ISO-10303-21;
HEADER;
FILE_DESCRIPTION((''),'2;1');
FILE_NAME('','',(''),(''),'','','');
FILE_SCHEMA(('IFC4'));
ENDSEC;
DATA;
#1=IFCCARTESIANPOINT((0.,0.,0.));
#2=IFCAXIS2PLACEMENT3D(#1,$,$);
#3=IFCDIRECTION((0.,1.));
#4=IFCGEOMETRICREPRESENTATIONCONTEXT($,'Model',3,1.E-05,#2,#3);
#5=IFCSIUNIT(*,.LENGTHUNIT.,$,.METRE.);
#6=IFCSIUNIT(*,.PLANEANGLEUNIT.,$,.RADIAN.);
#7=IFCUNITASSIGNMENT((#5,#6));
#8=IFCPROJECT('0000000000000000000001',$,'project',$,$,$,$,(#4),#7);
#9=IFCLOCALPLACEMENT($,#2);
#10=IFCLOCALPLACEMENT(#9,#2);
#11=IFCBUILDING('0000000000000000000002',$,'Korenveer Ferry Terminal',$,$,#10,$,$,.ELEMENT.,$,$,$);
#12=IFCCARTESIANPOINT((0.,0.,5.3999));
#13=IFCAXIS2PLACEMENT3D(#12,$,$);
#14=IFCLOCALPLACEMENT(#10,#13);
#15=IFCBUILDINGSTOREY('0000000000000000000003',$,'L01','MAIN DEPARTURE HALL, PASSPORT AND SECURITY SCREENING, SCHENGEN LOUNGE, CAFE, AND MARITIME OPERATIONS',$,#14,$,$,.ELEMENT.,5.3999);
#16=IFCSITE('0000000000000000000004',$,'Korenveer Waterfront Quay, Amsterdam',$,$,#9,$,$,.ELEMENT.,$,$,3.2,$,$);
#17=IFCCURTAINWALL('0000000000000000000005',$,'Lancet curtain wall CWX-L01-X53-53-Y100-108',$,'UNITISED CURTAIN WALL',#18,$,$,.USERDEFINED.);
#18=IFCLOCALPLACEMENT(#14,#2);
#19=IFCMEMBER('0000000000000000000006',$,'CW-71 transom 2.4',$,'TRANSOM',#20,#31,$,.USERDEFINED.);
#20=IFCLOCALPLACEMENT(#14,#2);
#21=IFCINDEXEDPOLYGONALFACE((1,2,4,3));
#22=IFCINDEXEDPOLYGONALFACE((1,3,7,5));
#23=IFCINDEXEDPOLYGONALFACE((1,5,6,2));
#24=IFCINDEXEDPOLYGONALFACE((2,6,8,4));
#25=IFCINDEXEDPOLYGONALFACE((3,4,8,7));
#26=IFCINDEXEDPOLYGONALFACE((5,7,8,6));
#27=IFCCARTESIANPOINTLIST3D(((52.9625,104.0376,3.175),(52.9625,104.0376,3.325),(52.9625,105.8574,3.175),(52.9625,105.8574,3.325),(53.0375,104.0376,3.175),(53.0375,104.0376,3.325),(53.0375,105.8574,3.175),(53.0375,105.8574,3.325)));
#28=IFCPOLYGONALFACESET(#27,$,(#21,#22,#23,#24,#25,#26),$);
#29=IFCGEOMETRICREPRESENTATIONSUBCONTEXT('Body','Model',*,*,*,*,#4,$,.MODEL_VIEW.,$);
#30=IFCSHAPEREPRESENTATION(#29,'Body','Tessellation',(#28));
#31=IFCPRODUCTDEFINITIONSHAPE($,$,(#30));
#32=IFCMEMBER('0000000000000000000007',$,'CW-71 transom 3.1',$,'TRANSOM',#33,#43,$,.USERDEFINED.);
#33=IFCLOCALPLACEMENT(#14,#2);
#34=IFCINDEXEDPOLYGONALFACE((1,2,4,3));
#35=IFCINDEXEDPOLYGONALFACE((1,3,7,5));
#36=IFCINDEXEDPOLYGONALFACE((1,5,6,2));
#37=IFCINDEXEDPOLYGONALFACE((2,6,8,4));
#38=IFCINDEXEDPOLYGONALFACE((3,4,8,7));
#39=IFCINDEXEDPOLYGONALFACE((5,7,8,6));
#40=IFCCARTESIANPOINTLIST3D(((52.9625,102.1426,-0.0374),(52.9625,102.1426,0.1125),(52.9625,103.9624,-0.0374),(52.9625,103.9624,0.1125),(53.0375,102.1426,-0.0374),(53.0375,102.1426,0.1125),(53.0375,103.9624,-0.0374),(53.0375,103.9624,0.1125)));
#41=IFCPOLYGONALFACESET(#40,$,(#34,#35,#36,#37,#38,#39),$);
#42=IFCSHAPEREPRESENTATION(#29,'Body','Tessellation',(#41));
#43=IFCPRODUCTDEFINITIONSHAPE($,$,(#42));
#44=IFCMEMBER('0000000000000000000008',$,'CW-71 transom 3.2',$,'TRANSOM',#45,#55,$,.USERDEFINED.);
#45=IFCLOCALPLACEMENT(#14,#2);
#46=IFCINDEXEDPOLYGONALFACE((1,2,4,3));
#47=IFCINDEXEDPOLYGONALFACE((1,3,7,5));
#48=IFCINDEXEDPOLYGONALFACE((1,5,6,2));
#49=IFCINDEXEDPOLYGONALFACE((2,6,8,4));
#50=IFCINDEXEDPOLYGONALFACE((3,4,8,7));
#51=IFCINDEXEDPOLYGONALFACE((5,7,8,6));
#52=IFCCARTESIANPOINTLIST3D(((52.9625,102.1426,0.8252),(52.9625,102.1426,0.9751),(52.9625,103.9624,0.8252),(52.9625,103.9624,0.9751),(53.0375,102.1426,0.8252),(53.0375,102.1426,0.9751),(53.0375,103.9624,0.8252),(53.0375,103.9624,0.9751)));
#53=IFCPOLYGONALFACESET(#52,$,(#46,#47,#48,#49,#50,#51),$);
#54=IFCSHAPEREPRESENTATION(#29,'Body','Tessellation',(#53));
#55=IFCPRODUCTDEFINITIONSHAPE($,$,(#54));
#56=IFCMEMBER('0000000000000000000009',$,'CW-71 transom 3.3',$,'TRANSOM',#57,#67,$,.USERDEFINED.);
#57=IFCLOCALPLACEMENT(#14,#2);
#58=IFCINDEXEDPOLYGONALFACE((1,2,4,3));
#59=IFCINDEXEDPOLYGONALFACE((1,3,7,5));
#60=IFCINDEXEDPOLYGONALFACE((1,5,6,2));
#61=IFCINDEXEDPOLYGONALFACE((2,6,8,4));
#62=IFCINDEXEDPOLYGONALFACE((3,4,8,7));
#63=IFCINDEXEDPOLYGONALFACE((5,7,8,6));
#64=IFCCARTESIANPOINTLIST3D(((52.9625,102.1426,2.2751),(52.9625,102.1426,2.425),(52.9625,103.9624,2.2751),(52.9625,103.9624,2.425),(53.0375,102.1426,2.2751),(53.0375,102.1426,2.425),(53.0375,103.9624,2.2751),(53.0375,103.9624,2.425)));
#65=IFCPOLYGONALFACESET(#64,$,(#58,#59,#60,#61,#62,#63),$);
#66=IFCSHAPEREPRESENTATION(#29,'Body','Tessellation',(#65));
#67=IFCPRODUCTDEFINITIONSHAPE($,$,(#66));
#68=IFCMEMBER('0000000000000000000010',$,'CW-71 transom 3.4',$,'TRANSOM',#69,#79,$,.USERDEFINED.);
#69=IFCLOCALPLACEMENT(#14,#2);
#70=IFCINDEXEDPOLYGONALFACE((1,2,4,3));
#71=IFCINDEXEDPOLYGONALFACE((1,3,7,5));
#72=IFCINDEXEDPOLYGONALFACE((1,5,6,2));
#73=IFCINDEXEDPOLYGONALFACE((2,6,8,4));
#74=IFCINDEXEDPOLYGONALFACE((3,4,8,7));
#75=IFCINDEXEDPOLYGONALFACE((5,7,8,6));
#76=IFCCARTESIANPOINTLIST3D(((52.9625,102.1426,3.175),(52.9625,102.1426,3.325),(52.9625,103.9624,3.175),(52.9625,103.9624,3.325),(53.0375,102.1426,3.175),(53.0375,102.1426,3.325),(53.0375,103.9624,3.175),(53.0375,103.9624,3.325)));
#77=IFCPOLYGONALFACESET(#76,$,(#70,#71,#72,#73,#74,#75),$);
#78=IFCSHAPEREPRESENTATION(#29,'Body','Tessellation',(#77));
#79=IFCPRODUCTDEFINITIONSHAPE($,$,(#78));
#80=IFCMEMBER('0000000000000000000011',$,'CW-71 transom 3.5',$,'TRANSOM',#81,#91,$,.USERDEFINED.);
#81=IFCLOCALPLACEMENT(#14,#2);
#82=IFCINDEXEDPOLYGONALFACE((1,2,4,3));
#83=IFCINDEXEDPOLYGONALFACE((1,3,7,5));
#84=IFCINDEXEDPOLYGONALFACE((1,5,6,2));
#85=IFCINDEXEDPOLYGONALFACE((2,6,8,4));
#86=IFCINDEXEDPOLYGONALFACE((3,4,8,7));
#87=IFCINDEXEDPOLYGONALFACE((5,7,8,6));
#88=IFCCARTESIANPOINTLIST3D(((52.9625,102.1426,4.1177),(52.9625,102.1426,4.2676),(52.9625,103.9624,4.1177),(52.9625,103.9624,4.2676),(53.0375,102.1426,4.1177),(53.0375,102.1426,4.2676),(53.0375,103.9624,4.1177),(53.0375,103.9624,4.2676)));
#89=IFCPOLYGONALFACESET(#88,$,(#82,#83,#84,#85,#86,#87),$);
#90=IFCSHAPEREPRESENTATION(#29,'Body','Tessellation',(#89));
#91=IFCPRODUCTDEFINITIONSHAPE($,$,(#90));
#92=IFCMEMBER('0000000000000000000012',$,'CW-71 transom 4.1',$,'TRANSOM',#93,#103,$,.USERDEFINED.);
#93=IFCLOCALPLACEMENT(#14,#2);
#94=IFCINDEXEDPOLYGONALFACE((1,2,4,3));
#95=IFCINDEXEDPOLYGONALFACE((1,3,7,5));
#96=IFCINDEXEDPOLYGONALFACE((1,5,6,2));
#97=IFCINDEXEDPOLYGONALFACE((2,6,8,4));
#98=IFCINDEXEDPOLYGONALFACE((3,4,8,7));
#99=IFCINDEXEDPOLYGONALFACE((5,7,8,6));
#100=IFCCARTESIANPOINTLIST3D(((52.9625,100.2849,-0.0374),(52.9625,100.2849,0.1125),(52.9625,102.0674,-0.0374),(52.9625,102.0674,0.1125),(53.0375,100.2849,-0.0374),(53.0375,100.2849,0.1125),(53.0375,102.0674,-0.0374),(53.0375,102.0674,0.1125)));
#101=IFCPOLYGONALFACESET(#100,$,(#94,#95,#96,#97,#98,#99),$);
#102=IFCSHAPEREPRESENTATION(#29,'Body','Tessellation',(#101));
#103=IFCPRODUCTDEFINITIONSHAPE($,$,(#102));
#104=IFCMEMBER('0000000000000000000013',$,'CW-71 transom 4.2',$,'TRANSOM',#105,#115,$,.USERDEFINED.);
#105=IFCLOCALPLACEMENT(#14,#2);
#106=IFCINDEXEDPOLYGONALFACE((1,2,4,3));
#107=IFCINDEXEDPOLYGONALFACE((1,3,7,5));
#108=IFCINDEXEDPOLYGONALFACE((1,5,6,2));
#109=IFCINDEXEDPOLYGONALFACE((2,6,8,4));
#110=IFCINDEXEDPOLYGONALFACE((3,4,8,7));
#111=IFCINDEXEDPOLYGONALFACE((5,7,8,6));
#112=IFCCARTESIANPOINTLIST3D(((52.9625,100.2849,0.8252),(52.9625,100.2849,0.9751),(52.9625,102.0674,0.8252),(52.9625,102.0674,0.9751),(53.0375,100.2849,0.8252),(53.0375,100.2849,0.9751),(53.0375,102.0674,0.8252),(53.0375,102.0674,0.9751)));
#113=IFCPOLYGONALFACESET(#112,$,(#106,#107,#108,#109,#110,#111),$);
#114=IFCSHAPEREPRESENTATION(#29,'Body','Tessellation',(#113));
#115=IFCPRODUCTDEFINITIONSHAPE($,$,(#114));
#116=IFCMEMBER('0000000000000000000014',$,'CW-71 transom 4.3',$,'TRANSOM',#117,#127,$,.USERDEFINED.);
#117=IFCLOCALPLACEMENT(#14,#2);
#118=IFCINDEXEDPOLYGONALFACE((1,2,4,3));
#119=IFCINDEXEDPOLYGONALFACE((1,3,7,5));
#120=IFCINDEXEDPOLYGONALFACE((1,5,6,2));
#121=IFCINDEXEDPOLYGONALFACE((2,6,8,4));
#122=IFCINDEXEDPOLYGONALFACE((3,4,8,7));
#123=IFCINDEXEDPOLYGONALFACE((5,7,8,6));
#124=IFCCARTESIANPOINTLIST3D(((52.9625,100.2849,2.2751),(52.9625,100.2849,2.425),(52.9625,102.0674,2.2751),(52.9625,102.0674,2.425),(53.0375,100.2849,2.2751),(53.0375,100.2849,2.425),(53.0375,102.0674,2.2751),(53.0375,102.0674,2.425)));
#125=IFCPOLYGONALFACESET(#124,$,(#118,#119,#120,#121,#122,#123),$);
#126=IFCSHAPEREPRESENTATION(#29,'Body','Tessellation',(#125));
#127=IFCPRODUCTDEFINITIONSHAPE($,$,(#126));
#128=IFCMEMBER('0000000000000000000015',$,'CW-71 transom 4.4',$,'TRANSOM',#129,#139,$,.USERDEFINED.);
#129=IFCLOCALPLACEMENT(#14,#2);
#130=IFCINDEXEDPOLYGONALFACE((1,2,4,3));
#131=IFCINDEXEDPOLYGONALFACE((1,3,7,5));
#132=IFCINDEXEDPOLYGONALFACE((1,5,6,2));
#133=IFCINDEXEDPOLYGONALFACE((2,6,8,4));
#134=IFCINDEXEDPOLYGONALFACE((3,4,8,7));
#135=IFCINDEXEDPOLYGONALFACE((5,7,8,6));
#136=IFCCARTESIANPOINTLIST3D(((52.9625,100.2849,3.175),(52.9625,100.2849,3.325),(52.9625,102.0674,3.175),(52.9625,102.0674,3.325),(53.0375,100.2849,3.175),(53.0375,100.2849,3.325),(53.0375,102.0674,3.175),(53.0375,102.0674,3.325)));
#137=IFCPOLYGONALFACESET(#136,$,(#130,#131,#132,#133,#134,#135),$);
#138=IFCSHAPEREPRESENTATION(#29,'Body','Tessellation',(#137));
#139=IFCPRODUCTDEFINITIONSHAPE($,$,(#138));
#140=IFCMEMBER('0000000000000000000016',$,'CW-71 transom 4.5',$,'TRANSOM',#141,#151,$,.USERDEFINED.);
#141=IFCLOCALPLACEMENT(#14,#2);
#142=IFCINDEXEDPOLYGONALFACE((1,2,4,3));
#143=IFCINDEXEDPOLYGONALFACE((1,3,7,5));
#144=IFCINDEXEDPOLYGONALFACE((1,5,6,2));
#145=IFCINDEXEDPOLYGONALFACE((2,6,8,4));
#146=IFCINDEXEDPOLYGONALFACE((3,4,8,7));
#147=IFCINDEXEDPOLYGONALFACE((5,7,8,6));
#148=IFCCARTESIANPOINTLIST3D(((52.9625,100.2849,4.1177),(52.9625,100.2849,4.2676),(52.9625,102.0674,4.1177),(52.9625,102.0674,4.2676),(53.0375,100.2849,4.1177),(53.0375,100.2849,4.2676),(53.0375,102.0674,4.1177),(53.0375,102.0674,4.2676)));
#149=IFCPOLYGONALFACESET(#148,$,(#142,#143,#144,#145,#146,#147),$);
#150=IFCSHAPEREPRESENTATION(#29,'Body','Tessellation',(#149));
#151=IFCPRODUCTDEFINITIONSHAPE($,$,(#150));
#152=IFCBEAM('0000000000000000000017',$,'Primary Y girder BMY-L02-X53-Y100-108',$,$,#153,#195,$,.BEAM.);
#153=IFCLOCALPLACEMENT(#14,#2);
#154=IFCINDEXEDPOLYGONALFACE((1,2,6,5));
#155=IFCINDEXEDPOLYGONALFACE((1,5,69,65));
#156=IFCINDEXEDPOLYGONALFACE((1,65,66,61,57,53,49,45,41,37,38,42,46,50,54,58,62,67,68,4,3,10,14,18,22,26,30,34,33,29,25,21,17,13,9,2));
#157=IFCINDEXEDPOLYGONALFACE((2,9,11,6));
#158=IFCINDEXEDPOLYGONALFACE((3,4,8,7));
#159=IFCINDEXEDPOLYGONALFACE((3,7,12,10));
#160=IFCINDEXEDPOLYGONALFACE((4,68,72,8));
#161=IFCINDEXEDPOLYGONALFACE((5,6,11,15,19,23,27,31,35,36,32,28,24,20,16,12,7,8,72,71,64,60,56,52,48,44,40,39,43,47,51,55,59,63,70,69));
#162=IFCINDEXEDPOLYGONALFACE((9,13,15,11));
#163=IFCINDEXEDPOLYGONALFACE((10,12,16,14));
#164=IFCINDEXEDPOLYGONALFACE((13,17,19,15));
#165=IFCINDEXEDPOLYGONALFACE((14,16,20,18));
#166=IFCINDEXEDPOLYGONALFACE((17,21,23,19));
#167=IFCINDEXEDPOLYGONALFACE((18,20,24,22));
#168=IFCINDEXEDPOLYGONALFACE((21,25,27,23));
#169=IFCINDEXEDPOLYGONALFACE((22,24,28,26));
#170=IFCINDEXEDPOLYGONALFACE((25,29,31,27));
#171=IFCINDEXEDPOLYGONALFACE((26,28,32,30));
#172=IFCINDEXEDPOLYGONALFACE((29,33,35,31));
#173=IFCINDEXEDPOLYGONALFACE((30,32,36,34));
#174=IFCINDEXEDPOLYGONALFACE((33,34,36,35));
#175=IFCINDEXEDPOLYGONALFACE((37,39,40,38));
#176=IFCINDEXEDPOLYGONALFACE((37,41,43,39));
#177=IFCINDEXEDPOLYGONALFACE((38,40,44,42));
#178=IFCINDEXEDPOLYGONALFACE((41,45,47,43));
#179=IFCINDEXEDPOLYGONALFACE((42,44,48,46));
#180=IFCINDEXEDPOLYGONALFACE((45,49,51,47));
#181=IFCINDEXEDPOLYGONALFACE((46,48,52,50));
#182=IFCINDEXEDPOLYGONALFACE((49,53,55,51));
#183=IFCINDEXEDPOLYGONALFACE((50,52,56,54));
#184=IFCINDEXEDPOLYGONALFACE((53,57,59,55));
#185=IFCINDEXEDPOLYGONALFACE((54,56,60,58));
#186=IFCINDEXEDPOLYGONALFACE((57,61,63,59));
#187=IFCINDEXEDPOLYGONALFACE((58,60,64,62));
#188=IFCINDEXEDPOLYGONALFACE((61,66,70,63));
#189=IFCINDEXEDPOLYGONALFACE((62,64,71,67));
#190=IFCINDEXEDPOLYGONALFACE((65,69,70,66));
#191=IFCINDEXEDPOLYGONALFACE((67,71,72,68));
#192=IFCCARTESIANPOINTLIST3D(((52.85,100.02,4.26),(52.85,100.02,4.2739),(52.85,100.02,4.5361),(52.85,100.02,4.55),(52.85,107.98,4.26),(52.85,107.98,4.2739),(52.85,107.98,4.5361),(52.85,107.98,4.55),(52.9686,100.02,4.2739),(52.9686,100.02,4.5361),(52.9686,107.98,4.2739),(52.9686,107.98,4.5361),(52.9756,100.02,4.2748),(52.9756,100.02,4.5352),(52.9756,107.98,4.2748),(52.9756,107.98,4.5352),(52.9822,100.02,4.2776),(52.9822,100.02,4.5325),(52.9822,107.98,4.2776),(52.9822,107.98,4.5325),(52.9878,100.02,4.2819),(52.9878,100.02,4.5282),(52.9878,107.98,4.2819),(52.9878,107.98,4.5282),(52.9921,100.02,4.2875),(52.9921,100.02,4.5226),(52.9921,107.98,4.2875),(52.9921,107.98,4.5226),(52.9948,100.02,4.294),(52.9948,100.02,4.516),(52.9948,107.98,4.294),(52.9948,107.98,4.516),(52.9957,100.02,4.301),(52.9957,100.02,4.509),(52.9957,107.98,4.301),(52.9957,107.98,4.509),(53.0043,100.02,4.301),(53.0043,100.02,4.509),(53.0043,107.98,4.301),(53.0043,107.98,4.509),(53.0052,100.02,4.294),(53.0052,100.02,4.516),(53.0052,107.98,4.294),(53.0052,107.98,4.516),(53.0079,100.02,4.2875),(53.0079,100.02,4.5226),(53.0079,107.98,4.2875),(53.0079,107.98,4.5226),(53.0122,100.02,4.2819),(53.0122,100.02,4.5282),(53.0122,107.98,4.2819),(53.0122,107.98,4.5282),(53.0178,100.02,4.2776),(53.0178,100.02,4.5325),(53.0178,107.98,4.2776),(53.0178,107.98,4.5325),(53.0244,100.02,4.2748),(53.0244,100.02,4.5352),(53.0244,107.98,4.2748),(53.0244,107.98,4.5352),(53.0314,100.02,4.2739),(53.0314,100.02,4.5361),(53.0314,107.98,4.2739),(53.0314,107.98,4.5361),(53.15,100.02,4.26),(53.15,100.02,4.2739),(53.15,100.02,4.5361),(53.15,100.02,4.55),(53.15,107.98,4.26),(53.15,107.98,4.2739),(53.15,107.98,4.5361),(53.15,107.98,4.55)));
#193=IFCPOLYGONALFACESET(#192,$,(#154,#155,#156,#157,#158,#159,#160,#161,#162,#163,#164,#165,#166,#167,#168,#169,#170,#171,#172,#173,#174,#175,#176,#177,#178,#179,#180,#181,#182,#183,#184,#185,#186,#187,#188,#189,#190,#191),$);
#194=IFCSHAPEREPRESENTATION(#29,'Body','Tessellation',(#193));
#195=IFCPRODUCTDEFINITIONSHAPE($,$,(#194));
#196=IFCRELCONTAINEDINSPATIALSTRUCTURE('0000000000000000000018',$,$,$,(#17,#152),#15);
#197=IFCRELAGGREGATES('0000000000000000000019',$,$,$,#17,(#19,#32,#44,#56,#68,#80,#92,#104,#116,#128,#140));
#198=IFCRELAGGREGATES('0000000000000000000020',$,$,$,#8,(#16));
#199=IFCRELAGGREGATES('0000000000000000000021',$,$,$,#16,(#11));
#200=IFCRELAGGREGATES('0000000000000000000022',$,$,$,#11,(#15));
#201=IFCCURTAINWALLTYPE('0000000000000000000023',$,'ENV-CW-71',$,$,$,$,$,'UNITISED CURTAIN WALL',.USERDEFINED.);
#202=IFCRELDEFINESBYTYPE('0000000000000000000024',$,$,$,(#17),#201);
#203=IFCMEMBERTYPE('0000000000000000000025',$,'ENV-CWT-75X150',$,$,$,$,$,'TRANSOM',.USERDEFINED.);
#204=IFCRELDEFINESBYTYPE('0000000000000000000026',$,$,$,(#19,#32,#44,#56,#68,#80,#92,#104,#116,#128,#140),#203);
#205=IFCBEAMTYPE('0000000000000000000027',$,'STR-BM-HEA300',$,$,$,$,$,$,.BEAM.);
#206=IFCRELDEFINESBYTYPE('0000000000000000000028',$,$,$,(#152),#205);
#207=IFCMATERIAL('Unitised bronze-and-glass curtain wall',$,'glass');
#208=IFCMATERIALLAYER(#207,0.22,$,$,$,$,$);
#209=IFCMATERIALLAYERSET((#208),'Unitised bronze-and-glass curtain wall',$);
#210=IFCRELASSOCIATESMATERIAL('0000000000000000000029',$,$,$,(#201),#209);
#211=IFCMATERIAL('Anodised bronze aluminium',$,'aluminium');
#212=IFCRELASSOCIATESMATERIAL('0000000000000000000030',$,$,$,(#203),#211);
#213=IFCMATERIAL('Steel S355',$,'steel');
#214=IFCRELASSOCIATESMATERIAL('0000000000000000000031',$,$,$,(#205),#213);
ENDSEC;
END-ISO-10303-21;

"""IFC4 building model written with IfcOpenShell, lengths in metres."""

from ifc_helpers import new_model, si_unit, direction, frame, origin, origin_2d, place, context, subcontext, project, spatial, rectangle, i_section, extrude, material, layer, layer_set, material_profile, profile_set, type_object, element, aggregate, save


model = new_model("IFC4")

# Units and contexts
model_context = context("Model", 3, precision=1e-05, world=origin(), true_north=direction((0.0, 1.0)))
body_context = subcontext(model_context, "Body", "Model", "MODEL_VIEW")
ifc_project = project(units=[si_unit("LENGTHUNIT", "METRE"), si_unit("PLANEANGLEUNIT", "RADIAN")], contexts=[model_context])

# Site, building, storey
site_placement = place(None, origin())
site = spatial("IfcSite", under=ifc_project, at=site_placement, Name="Korenveer Waterfront Quay, Amsterdam", CompositionType="ELEMENT", RefElevation=3.2)
building_placement = place(site_placement, origin())
building = spatial("IfcBuilding", under=site, at=building_placement, Name="Korenveer Ferry Terminal", CompositionType="ELEMENT")
storey_placement = place(building_placement, frame((0.0, 0.0, 5.3999)))
storey = spatial("IfcBuildingStorey", under=building, at=storey_placement, Name="L01", Description="MAIN DEPARTURE HALL, PASSPORT AND SECURITY SCREENING, SCHENGEN LOUNGE, CAFE, AND MARITIME OPERATIONS", CompositionType="ELEMENT", Elevation=5.3999)

# Shared definitions
ifc_material_1 = material(Name="Steel S355", Category="steel")

# Shared definitions
ifc_material_2 = material(Name="Unitised bronze-and-glass curtain wall", Category="glass")
ifc_material_3 = material(Name="Anodised bronze aluminium", Category="aluminium")

# Curtain wall
ifc_layer_1 = layer(ifc_material_2, 0.22)
ifc_layer_set_1 = layer_set([ifc_layer_1], Name="Unitised bronze-and-glass curtain wall")
curtain_wall_type_1 = type_object("IfcCurtainWallType", Name="ENV-CW-71", ElementType="UNITISED CURTAIN WALL", PredefinedType="USERDEFINED", material=ifc_layer_set_1)
curtain_wall_1_placement = place(storey_placement, frame((53.0, 107.79, 0.0)))
curtain_wall_1 = element("IfcCurtainWall", 1, at=curtain_wall_1_placement, inside=storey, type_object=curtain_wall_type_1, Name="Lancet curtain wall CWX-L01-X53-53-Y100-108", ObjectType="UNITISED CURTAIN WALL", PredefinedType="USERDEFINED")

# Members
ifc_material_profile_1 = material_profile(ifc_material_3, rectangle(XDim=0.075, YDim=0.1499, at=origin_2d()), Name="ALU 75x150")
ifc_profile_set_1 = profile_set([ifc_material_profile_1], Name="Anodised bronze aluminium")
member_type_1 = type_object("IfcMemberType", Name="ENV-CWT-75X150", ElementType="TRANSOM", PredefinedType="USERDEFINED", material=ifc_profile_set_1)
member_1_placement = place(storey_placement, frame((53.0, 105.8574, 3.25), z_axis=(0.0, -1.0, 0.0), x_axis=(1.0, 0.0, 0.0)))
member_1 = element("IfcMember", 2, at=member_1_placement, type_object=member_type_1, Name="CW-71 transom 2.4", ObjectType="TRANSOM", PredefinedType="USERDEFINED", context=body_context, shape_type="SweptSolid", body=[
    extrude(rectangle(XDim=0.075, YDim=0.1499, at=origin_2d()), origin(), (0.0, 0.0, 1.0), 1.8198),
])
member_2_placement = place(storey_placement, frame((53.0, 103.9624, 0.0376), z_axis=(0.0, -1.0, 0.0), x_axis=(1.0, 0.0, 0.0)))
member_2 = element("IfcMember", 3, at=member_2_placement, type_object=member_type_1, Name="CW-71 transom 3.1", ObjectType="TRANSOM", PredefinedType="USERDEFINED", context=body_context, shape_type="SweptSolid", body=[
    extrude(rectangle(XDim=0.075, YDim=0.1499, at=origin_2d()), origin(), (0.0, 0.0, 1.0), 1.8198),
])
member_3_placement = place(storey_placement, frame((53.0, 103.9624, 0.9001), z_axis=(0.0, -1.0, 0.0), x_axis=(1.0, 0.0, 0.0)))
member_3 = element("IfcMember", 4, at=member_3_placement, type_object=member_type_1, Name="CW-71 transom 3.2", ObjectType="TRANSOM", PredefinedType="USERDEFINED", context=body_context, shape_type="SweptSolid", body=[
    extrude(rectangle(XDim=0.075, YDim=0.1499, at=origin_2d()), origin(), (0.0, 0.0, 1.0), 1.8198),
])
member_4_placement = place(storey_placement, frame((53.0, 103.9624, 2.3501), z_axis=(0.0, -1.0, 0.0), x_axis=(1.0, 0.0, 0.0)))
member_4 = element("IfcMember", 5, at=member_4_placement, type_object=member_type_1, Name="CW-71 transom 3.3", ObjectType="TRANSOM", PredefinedType="USERDEFINED", context=body_context, shape_type="SweptSolid", body=[
    extrude(rectangle(XDim=0.075, YDim=0.1499, at=origin_2d()), origin(), (0.0, 0.0, 1.0), 1.8198),
])
member_5_placement = place(storey_placement, frame((53.0, 103.9624, 3.25), z_axis=(0.0, -1.0, 0.0), x_axis=(1.0, 0.0, 0.0)))
member_5 = element("IfcMember", 6, at=member_5_placement, type_object=member_type_1, Name="CW-71 transom 3.4", ObjectType="TRANSOM", PredefinedType="USERDEFINED", context=body_context, shape_type="SweptSolid", body=[
    extrude(rectangle(XDim=0.075, YDim=0.1499, at=origin_2d()), origin(), (0.0, 0.0, 1.0), 1.8198),
])
member_6_placement = place(storey_placement, frame((53.0, 103.9624, 4.1926), z_axis=(0.0, -1.0, 0.0), x_axis=(1.0, 0.0, 0.0)))
member_6 = element("IfcMember", 7, at=member_6_placement, type_object=member_type_1, Name="CW-71 transom 3.5", ObjectType="TRANSOM", PredefinedType="USERDEFINED", context=body_context, shape_type="SweptSolid", body=[
    extrude(rectangle(XDim=0.075, YDim=0.1499, at=origin_2d()), origin(), (0.0, 0.0, 1.0), 1.8198),
])
member_7_placement = place(storey_placement, frame((53.0, 102.0674, 0.0376), z_axis=(0.0, -1.0, 0.0), x_axis=(1.0, 0.0, 0.0)))
member_7 = element("IfcMember", 8, at=member_7_placement, type_object=member_type_1, Name="CW-71 transom 4.1", ObjectType="TRANSOM", PredefinedType="USERDEFINED", context=body_context, shape_type="SweptSolid", body=[
    extrude(rectangle(XDim=0.075, YDim=0.1499, at=origin_2d()), origin(), (0.0, 0.0, 1.0), 1.7825),
])
member_8_placement = place(storey_placement, frame((53.0, 102.0674, 0.9001), z_axis=(0.0, -1.0, 0.0), x_axis=(1.0, 0.0, 0.0)))
member_8 = element("IfcMember", 9, at=member_8_placement, type_object=member_type_1, Name="CW-71 transom 4.2", ObjectType="TRANSOM", PredefinedType="USERDEFINED", context=body_context, shape_type="SweptSolid", body=[
    extrude(rectangle(XDim=0.075, YDim=0.1499, at=origin_2d()), origin(), (0.0, 0.0, 1.0), 1.7825),
])
member_9_placement = place(storey_placement, frame((53.0, 102.0674, 2.3501), z_axis=(0.0, -1.0, 0.0), x_axis=(1.0, 0.0, 0.0)))
member_9 = element("IfcMember", 10, at=member_9_placement, type_object=member_type_1, Name="CW-71 transom 4.3", ObjectType="TRANSOM", PredefinedType="USERDEFINED", context=body_context, shape_type="SweptSolid", body=[
    extrude(rectangle(XDim=0.075, YDim=0.1499, at=origin_2d()), origin(), (0.0, 0.0, 1.0), 1.7825),
])
member_10_placement = place(storey_placement, frame((53.0, 102.0674, 3.25), z_axis=(0.0, -1.0, 0.0), x_axis=(1.0, 0.0, 0.0)))
member_10 = element("IfcMember", 11, at=member_10_placement, type_object=member_type_1, Name="CW-71 transom 4.4", ObjectType="TRANSOM", PredefinedType="USERDEFINED", context=body_context, shape_type="SweptSolid", body=[
    extrude(rectangle(XDim=0.075, YDim=0.1499, at=origin_2d()), origin(), (0.0, 0.0, 1.0), 1.7825),
])
member_11_placement = place(storey_placement, frame((53.0, 102.0674, 4.1926), z_axis=(0.0, -1.0, 0.0), x_axis=(1.0, 0.0, 0.0)))
member_11 = element("IfcMember", 12, at=member_11_placement, type_object=member_type_1, Name="CW-71 transom 4.5", ObjectType="TRANSOM", PredefinedType="USERDEFINED", context=body_context, shape_type="SweptSolid", body=[
    extrude(rectangle(XDim=0.075, YDim=0.1499, at=origin_2d()), origin(), (0.0, 0.0, 1.0), 1.7825),
])

# Beam
ifc_material_profile_2 = material_profile(ifc_material_1, i_section(OverallWidth=0.3, OverallDepth=0.29, WebThickness=0.0085, FlangeThickness=0.0139, FilletRadius=0.0271, at=origin_2d()), Name="HEA 300")
ifc_profile_set_2 = profile_set([ifc_material_profile_2], Name="Steel S355")
beam_type = type_object("IfcBeamType", Name="STR-BM-HEA300", PredefinedType="BEAM", material=ifc_profile_set_2)
beam_placement = place(storey_placement, frame((53.0, 100.02, 4.405), z_axis=(0.0, 1.0, 0.0), x_axis=(-1.0, 0.0, 0.0)))
element("IfcBeam", 13, at=beam_placement, inside=storey, type_object=beam_type, Name="Primary Y girder BMY-L02-X53-Y100-108", PredefinedType="BEAM", context=body_context, shape_type="SweptSolid", body=[
    extrude(i_section(OverallWidth=0.3, OverallDepth=0.29, WebThickness=0.0085, FlangeThickness=0.0139, FilletRadius=0.0271, at=origin_2d()), origin(), (0.0, 0.0, 1.0), 7.96),
])

aggregate(curtain_wall_1, [member_1, member_2, member_3, member_4, member_5, member_6, member_7, member_8, member_9, member_10, member_11])

save(model, "model.ifc")
